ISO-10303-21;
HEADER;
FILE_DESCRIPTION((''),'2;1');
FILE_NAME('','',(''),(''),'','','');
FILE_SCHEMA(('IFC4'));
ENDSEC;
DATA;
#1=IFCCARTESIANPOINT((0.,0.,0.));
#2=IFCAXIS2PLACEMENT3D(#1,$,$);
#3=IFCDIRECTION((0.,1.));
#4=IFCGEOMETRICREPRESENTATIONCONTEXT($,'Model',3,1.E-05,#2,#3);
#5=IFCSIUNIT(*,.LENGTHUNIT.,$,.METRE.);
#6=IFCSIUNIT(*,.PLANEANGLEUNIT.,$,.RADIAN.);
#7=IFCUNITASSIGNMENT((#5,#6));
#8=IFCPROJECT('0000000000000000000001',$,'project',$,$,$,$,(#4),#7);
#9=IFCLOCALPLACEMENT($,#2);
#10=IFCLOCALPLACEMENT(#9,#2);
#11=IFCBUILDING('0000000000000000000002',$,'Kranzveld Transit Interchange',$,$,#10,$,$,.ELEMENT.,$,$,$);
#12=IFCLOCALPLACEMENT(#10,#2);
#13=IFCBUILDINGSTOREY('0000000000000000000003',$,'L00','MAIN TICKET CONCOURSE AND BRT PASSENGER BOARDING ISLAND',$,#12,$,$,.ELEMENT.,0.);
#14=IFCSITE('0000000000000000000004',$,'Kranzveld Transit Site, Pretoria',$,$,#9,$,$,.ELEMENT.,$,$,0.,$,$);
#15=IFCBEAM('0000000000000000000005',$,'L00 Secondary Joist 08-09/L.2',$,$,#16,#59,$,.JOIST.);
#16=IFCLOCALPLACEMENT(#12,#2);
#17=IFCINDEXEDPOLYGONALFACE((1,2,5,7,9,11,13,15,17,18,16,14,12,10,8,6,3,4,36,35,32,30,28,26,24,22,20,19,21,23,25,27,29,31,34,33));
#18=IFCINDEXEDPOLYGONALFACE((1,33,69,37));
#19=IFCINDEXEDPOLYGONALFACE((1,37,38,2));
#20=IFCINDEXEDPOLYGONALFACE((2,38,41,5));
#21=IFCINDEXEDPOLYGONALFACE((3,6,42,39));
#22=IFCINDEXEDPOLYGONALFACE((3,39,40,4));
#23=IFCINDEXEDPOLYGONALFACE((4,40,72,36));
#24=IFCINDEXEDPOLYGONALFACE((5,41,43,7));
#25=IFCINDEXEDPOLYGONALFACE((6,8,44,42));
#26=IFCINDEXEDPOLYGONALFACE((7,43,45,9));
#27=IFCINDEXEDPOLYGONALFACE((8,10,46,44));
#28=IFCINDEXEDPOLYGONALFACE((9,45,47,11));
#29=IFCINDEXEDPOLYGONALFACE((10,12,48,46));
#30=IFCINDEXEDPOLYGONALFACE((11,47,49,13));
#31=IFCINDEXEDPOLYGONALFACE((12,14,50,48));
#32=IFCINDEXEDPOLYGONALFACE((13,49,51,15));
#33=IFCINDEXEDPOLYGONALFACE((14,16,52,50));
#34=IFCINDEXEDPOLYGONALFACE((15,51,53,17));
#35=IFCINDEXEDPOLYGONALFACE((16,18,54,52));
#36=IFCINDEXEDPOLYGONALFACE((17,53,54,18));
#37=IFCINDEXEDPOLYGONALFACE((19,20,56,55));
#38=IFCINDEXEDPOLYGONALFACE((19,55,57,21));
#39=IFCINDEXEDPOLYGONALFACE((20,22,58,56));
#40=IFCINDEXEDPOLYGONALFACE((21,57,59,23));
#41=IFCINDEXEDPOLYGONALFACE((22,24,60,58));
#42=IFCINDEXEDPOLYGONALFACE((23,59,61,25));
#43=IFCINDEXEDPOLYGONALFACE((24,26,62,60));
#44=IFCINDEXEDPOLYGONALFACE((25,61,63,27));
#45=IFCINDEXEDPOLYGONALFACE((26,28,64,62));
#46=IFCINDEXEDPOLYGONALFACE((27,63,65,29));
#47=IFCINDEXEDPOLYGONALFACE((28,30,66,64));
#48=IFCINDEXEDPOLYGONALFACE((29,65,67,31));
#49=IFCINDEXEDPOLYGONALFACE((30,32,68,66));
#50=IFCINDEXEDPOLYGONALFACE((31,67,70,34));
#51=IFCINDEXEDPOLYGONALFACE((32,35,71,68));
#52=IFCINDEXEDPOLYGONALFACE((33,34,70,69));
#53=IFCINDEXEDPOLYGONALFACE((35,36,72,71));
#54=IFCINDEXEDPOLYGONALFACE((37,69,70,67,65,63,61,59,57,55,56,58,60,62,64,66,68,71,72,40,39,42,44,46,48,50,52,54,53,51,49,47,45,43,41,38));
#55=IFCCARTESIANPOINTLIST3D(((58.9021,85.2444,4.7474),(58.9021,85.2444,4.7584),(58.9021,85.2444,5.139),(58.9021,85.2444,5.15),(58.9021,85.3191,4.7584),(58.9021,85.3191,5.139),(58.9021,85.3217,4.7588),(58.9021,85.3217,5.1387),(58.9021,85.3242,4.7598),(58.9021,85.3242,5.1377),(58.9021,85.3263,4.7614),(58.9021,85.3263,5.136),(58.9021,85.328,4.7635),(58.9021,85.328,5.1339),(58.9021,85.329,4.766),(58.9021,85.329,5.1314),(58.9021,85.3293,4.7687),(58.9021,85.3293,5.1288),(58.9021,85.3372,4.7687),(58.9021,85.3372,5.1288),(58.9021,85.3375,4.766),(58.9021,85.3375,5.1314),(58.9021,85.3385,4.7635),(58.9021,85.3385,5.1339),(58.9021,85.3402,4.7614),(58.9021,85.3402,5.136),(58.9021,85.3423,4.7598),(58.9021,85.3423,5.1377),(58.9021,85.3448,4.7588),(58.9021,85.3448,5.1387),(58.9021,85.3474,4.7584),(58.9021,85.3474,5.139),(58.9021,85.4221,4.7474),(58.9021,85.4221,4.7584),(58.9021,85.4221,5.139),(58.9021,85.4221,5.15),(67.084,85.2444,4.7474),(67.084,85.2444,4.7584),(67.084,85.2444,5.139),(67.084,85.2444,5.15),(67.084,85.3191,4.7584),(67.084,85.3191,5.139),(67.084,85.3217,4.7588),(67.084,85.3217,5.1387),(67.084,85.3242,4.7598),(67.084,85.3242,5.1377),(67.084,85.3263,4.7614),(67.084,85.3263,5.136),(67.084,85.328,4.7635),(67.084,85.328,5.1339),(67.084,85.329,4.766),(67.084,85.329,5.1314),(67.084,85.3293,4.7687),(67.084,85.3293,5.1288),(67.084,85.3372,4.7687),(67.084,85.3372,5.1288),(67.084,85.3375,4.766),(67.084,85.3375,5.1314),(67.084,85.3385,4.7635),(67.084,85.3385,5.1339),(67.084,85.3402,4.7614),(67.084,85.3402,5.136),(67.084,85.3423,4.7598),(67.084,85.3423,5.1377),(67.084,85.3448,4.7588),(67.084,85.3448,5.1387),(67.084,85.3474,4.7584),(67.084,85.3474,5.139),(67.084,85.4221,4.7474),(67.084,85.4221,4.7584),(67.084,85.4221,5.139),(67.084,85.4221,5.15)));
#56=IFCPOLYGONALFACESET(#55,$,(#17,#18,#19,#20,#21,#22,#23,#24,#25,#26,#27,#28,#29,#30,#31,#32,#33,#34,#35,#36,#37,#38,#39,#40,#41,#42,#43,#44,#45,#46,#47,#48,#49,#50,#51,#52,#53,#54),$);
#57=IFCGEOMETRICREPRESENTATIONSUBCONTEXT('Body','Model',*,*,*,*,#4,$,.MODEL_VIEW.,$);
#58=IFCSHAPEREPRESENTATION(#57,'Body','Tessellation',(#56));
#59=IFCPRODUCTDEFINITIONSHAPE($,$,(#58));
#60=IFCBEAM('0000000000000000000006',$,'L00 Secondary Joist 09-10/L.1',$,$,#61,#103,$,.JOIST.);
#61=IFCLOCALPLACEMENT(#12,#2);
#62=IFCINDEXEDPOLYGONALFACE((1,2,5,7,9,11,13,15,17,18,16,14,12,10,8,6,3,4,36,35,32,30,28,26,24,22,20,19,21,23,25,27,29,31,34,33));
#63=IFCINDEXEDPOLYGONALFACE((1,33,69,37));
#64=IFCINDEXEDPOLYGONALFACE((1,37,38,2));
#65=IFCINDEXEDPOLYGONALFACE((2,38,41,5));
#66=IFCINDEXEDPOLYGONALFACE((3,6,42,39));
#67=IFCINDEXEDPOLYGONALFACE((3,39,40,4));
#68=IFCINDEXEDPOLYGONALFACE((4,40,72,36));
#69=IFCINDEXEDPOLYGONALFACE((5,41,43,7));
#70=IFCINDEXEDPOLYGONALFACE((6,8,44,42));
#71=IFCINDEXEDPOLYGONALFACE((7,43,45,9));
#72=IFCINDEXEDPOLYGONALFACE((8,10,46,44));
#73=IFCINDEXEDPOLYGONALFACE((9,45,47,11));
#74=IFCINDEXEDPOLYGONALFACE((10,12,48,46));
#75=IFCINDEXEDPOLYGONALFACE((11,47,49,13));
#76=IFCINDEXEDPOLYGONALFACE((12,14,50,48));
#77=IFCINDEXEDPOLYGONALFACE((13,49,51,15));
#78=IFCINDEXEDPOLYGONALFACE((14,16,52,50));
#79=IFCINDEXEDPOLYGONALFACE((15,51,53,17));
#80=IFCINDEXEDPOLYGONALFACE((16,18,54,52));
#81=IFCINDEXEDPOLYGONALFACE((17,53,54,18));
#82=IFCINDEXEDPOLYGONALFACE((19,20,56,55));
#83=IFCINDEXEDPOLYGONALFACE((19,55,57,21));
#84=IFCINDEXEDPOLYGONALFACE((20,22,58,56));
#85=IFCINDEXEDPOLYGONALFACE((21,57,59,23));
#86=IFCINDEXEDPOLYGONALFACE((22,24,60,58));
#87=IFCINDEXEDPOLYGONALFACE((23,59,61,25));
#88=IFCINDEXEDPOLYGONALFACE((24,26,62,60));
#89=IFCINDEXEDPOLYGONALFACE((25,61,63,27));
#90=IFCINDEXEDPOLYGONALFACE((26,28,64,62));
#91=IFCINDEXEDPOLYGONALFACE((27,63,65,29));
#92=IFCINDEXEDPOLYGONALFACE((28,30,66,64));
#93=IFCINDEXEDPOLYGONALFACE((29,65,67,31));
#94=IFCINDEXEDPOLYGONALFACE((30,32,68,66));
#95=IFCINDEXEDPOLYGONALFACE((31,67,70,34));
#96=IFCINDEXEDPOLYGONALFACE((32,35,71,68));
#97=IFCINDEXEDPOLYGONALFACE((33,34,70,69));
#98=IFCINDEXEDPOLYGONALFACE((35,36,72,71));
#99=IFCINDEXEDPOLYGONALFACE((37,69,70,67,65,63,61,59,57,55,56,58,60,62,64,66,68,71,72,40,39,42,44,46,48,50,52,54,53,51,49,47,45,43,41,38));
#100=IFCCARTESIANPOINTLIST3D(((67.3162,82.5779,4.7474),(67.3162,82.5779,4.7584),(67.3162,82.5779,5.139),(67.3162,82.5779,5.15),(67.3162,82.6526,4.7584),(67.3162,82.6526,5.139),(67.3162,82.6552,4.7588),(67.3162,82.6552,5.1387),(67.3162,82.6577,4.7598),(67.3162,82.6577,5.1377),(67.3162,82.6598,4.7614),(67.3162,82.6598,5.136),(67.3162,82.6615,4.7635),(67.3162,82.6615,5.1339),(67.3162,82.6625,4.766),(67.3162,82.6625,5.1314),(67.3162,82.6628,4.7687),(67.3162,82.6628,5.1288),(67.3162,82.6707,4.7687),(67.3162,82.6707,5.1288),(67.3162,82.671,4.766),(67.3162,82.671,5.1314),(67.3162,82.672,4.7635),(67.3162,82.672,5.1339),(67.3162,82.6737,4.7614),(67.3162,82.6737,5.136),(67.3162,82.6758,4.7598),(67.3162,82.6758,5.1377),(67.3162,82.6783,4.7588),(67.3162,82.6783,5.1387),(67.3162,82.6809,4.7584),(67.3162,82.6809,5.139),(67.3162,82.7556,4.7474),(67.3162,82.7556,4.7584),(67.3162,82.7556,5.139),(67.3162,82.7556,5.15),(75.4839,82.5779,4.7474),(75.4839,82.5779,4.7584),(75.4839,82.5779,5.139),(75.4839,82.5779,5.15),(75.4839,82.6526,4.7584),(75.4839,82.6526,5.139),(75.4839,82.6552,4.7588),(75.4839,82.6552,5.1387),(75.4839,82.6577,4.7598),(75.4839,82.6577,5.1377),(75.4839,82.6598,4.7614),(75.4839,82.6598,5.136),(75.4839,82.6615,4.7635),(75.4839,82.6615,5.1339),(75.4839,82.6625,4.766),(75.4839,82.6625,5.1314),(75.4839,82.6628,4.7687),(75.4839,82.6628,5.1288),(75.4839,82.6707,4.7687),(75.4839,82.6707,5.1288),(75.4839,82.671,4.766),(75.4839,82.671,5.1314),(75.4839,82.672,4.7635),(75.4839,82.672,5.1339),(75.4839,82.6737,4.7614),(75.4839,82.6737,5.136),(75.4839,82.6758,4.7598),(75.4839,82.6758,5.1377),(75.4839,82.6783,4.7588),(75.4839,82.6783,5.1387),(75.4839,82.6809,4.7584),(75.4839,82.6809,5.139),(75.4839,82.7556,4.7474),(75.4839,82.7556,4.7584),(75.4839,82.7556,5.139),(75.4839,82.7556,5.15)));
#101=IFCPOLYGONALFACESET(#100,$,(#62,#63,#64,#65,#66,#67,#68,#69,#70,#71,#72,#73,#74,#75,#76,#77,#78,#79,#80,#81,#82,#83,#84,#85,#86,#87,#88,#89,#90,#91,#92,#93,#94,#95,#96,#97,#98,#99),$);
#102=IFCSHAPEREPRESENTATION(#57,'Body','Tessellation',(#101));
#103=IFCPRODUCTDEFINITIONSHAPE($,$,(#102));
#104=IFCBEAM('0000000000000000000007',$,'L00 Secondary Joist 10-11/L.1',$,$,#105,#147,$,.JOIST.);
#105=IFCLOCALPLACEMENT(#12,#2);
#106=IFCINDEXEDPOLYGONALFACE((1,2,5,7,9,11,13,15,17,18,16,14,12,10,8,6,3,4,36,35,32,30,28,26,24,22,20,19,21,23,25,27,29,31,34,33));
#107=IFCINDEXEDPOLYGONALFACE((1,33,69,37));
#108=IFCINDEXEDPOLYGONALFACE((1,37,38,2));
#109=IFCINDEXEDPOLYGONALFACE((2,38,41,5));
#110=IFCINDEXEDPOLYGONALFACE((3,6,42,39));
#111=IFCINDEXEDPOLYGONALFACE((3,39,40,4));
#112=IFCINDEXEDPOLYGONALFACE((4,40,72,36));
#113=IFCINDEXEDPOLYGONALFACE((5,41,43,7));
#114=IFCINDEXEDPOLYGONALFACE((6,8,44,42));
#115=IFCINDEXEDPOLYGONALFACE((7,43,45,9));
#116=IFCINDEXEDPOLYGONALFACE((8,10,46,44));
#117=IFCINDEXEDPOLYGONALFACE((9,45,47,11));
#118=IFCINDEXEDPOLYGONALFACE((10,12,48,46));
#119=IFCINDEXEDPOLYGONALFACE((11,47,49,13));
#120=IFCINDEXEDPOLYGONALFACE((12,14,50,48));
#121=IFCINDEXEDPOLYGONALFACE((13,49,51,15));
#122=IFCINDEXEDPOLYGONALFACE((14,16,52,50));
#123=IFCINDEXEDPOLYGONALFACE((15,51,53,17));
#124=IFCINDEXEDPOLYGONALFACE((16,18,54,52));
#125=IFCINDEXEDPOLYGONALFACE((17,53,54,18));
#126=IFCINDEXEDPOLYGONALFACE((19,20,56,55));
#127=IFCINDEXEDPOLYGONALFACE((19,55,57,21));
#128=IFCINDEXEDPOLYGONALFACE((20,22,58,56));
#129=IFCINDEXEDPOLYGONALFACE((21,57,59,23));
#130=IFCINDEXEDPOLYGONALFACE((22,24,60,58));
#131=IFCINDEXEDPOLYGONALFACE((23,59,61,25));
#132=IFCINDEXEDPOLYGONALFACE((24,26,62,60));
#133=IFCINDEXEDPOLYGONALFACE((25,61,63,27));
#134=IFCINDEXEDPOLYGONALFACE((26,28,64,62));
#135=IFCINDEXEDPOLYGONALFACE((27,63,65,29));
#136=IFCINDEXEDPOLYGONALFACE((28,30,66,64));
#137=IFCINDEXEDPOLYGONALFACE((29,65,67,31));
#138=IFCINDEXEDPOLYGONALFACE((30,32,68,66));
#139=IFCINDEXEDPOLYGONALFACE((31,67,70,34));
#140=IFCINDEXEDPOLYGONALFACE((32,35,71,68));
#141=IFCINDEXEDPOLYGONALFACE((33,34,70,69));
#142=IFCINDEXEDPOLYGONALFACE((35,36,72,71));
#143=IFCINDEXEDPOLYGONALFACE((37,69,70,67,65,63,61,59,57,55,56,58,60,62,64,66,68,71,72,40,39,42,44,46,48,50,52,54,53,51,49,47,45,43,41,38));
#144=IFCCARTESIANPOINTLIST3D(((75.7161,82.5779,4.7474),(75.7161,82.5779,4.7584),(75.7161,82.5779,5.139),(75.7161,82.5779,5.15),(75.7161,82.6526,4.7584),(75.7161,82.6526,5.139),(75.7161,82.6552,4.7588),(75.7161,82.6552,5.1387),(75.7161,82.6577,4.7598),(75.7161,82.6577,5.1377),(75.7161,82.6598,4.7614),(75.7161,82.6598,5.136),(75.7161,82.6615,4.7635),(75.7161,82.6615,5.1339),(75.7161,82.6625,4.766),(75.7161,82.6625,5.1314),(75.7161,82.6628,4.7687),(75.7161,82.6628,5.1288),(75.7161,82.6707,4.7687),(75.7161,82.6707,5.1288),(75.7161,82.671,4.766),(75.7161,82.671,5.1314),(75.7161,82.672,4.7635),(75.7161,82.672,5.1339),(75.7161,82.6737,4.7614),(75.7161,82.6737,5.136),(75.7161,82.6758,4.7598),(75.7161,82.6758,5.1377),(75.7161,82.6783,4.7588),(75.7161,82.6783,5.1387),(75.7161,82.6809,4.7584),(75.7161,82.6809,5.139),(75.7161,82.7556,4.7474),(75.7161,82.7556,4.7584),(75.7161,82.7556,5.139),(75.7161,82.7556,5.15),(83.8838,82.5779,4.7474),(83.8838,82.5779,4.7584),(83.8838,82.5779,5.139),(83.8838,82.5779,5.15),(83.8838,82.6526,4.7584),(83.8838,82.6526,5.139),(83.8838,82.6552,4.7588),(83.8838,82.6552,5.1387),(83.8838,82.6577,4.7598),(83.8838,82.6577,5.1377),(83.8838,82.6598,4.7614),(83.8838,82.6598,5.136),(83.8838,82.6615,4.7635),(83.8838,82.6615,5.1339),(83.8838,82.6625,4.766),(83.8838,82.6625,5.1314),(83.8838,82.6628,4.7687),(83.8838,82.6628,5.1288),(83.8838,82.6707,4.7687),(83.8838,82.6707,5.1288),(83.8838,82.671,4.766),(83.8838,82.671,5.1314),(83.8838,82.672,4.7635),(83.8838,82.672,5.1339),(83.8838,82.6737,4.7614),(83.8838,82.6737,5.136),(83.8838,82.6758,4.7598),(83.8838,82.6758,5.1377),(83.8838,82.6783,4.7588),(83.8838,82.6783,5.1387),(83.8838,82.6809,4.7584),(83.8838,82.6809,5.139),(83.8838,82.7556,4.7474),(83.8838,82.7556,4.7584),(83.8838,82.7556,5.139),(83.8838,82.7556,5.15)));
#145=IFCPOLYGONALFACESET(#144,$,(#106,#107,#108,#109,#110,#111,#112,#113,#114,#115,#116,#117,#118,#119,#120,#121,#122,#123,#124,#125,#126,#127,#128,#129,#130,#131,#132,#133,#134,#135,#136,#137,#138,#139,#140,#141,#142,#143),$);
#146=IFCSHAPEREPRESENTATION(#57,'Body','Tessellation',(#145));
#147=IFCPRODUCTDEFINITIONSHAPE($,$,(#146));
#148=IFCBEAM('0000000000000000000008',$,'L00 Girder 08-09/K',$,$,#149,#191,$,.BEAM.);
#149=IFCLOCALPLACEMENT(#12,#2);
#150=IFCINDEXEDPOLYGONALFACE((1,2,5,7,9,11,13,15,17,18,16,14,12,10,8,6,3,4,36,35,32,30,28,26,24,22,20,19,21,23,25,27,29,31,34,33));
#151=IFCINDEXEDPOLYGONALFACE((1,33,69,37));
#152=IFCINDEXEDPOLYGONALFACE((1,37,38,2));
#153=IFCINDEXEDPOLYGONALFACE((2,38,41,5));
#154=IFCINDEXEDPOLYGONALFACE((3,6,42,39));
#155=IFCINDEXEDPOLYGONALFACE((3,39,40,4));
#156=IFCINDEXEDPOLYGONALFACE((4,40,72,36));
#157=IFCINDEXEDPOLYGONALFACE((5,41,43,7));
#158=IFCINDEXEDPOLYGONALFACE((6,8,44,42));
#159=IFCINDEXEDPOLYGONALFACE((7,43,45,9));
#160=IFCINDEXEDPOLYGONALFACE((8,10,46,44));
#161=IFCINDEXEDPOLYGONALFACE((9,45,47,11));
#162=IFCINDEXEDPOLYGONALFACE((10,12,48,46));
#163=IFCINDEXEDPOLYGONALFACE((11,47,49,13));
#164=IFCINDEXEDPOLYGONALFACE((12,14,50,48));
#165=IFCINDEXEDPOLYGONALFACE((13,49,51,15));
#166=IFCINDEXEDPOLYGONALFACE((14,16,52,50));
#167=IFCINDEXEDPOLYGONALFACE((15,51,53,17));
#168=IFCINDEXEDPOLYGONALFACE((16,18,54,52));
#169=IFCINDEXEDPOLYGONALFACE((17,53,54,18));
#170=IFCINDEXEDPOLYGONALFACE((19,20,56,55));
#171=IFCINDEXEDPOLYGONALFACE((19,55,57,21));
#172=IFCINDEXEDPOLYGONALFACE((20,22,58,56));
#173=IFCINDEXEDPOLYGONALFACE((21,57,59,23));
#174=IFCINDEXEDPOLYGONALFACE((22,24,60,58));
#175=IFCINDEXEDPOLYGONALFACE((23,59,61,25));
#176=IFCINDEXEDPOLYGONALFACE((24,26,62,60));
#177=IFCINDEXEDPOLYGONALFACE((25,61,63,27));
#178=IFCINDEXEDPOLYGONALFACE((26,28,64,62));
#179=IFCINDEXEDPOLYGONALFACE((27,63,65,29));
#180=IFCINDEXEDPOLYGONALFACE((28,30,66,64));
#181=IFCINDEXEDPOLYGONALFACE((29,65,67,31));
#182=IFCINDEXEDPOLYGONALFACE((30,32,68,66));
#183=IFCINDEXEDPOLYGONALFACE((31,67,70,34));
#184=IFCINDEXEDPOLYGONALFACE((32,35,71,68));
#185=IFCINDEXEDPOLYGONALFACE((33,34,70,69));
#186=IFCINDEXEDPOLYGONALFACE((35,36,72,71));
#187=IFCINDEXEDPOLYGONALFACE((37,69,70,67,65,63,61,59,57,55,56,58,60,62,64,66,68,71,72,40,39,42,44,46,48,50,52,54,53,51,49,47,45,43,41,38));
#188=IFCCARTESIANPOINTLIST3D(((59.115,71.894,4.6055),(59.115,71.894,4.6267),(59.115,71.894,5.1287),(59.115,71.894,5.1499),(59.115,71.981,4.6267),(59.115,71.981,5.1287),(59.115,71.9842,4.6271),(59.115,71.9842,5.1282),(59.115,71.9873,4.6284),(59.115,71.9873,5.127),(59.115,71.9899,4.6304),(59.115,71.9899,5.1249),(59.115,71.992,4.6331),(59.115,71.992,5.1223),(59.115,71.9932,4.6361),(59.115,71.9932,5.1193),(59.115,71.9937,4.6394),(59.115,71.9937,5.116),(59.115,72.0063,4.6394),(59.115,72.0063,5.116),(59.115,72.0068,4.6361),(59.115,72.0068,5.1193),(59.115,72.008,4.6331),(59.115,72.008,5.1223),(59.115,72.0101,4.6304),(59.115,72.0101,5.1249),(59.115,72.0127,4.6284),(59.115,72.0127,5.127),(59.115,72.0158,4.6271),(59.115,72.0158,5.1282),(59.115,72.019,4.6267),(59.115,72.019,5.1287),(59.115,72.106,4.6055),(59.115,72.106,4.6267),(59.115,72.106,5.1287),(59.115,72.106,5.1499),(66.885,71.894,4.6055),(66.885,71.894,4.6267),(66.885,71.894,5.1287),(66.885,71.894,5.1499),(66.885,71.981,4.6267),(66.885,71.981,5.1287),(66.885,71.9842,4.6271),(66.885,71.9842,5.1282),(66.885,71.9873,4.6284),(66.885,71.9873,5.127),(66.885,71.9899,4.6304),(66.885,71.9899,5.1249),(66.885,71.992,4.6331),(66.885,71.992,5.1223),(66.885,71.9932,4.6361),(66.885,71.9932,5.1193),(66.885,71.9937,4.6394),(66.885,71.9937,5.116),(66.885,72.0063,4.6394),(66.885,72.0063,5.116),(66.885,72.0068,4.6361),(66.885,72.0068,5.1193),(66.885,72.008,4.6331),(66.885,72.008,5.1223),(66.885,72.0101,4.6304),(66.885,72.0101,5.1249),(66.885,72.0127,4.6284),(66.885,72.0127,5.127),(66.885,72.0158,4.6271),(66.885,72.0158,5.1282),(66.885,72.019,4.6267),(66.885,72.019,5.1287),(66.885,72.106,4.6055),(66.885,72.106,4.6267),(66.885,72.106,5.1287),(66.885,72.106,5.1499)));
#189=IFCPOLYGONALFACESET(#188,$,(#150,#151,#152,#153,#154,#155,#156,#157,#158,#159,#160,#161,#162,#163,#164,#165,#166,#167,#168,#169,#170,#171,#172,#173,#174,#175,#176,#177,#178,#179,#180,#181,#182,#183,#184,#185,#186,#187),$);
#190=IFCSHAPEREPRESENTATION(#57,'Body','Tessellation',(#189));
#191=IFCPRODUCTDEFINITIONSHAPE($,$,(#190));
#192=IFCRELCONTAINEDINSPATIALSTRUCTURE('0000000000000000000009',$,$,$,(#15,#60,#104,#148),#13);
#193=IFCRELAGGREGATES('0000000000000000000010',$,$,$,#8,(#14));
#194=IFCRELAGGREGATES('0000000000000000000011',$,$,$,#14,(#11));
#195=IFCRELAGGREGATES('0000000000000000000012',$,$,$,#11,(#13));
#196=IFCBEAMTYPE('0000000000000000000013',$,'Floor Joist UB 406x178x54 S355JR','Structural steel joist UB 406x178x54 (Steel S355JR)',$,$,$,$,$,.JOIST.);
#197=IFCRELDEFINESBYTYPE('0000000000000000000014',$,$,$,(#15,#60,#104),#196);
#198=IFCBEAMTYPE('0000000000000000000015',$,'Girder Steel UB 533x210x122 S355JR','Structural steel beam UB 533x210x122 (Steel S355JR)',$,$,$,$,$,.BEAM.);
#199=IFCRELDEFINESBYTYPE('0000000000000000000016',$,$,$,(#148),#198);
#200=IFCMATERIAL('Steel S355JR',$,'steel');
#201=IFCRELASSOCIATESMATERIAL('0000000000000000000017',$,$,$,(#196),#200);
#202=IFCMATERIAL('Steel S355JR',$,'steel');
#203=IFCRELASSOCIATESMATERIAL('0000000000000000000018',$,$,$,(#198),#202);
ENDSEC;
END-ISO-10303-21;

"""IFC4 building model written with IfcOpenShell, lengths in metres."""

from ifc_helpers import new_model, si_unit, direction, frame, origin, origin_2d, place, context, subcontext, project, spatial, i_section, extrude, material, material_profile, profile_set, type_object, element, save


model = new_model("IFC4")

# Units and contexts
model_context = context("Model", 3, precision=1e-05, world=origin(), true_north=direction((0.0, 1.0)))
body_context = subcontext(model_context, "Body", "Model", "MODEL_VIEW")
ifc_project = project(units=[si_unit("LENGTHUNIT", "METRE"), si_unit("PLANEANGLEUNIT", "RADIAN")], contexts=[model_context])

# Site, building, storey
site_placement = place(None, origin())
site = spatial("IfcSite", under=ifc_project, at=site_placement, Name="Kranzveld Transit Site, Pretoria", CompositionType="ELEMENT", RefElevation=0.0)
building_placement = place(site_placement, origin())
building = spatial("IfcBuilding", under=site, at=building_placement, Name="Kranzveld Transit Interchange", CompositionType="ELEMENT")
storey_placement = place(building_placement, origin())
storey = spatial("IfcBuildingStorey", under=building, at=storey_placement, Name="L00", Description="MAIN TICKET CONCOURSE AND BRT PASSENGER BOARDING ISLAND", CompositionType="ELEMENT", Elevation=0.0)

# Beams
ifc_material_1 = material(Name="Steel S355JR", Category="steel")
ifc_material_profile_1 = material_profile(ifc_material_1, i_section(OverallWidth=0.1777, OverallDepth=0.4026, WebThickness=0.0078, FlangeThickness=0.011, FilletRadius=0.0103, at=origin_2d()), Name="UB 406x178x54")
ifc_profile_set_1 = profile_set([ifc_material_profile_1], Name="Steel S355JR")
beam_type_1 = type_object("IfcBeamType", Name="Floor Joist UB 406x178x54 S355JR", Description="Structural steel joist UB 406x178x54 (Steel S355JR)", PredefinedType="JOIST", material=ifc_profile_set_1)
for number, where, z_axis, x_axis, name in (
    (1, (58.9021, 85.3333, 4.9487), (1.0, 0.0, 0.0), (0.0, 1.0, 0.0), "L00 Secondary Joist 08-09/L.2"),
):
    element("IfcBeam", number, at=place(storey_placement, frame(where, z_axis=z_axis, x_axis=x_axis)), inside=storey, type_object=beam_type_1, Name=name, PredefinedType="JOIST", context=body_context, shape_type="SweptSolid", body=[
        extrude(i_section(OverallWidth=0.1777, OverallDepth=0.4026, WebThickness=0.0078, FlangeThickness=0.011, FilletRadius=0.0103, at=origin_2d()), origin(), (0.0, 0.0, 1.0), 8.1819),
    ])
for number, where, z_axis, x_axis, name in (
    (2, (67.3162, 82.6667, 4.9487), (1.0, 0.0, 0.0), (0.0, 1.0, 0.0), "L00 Secondary Joist 09-10/L.1"),
    (3, (75.7161, 82.6667, 4.9487), (1.0, 0.0, 0.0), (0.0, 1.0, 0.0), "L00 Secondary Joist 10-11/L.1"),
):
    element("IfcBeam", number, at=place(storey_placement, frame(where, z_axis=z_axis, x_axis=x_axis)), inside=storey, type_object=beam_type_1, Name=name, PredefinedType="JOIST", context=body_context, shape_type="SweptSolid", body=[
        extrude(i_section(OverallWidth=0.1777, OverallDepth=0.4026, WebThickness=0.0078, FlangeThickness=0.011, FilletRadius=0.0103, at=origin_2d()), origin(), (0.0, 0.0, 1.0), 8.1677),
    ])
ifc_material_2 = material(Name="Steel S355JR", Category="steel")
ifc_material_profile_2 = material_profile(ifc_material_2, i_section(OverallWidth=0.2119, OverallDepth=0.5444, WebThickness=0.0127, FlangeThickness=0.0212, FilletRadius=0.0127, at=origin_2d()), Name="UB 533x210x122")
ifc_profile_set_2 = profile_set([ifc_material_profile_2], Name="Steel S355JR")
beam_type_2 = type_object("IfcBeamType", Name="Girder Steel UB 533x210x122 S355JR", Description="Structural steel beam UB 533x210x122 (Steel S355JR)", PredefinedType="BEAM", material=ifc_profile_set_2)
for number, where, z_axis, x_axis, name in (
    (4, (59.115, 72.0, 4.8777), (1.0, 0.0, 0.0), (0.0, 1.0, 0.0), "L00 Girder 08-09/K"),
):
    element("IfcBeam", number, at=place(storey_placement, frame(where, z_axis=z_axis, x_axis=x_axis)), inside=storey, type_object=beam_type_2, Name=name, PredefinedType="BEAM", context=body_context, shape_type="SweptSolid", body=[
        extrude(i_section(OverallWidth=0.2119, OverallDepth=0.5444, WebThickness=0.0127, FlangeThickness=0.0212, FilletRadius=0.0127, at=origin_2d()), origin(), (0.0, 0.0, 1.0), 7.77),
    ])

save(model, "model.ifc")
